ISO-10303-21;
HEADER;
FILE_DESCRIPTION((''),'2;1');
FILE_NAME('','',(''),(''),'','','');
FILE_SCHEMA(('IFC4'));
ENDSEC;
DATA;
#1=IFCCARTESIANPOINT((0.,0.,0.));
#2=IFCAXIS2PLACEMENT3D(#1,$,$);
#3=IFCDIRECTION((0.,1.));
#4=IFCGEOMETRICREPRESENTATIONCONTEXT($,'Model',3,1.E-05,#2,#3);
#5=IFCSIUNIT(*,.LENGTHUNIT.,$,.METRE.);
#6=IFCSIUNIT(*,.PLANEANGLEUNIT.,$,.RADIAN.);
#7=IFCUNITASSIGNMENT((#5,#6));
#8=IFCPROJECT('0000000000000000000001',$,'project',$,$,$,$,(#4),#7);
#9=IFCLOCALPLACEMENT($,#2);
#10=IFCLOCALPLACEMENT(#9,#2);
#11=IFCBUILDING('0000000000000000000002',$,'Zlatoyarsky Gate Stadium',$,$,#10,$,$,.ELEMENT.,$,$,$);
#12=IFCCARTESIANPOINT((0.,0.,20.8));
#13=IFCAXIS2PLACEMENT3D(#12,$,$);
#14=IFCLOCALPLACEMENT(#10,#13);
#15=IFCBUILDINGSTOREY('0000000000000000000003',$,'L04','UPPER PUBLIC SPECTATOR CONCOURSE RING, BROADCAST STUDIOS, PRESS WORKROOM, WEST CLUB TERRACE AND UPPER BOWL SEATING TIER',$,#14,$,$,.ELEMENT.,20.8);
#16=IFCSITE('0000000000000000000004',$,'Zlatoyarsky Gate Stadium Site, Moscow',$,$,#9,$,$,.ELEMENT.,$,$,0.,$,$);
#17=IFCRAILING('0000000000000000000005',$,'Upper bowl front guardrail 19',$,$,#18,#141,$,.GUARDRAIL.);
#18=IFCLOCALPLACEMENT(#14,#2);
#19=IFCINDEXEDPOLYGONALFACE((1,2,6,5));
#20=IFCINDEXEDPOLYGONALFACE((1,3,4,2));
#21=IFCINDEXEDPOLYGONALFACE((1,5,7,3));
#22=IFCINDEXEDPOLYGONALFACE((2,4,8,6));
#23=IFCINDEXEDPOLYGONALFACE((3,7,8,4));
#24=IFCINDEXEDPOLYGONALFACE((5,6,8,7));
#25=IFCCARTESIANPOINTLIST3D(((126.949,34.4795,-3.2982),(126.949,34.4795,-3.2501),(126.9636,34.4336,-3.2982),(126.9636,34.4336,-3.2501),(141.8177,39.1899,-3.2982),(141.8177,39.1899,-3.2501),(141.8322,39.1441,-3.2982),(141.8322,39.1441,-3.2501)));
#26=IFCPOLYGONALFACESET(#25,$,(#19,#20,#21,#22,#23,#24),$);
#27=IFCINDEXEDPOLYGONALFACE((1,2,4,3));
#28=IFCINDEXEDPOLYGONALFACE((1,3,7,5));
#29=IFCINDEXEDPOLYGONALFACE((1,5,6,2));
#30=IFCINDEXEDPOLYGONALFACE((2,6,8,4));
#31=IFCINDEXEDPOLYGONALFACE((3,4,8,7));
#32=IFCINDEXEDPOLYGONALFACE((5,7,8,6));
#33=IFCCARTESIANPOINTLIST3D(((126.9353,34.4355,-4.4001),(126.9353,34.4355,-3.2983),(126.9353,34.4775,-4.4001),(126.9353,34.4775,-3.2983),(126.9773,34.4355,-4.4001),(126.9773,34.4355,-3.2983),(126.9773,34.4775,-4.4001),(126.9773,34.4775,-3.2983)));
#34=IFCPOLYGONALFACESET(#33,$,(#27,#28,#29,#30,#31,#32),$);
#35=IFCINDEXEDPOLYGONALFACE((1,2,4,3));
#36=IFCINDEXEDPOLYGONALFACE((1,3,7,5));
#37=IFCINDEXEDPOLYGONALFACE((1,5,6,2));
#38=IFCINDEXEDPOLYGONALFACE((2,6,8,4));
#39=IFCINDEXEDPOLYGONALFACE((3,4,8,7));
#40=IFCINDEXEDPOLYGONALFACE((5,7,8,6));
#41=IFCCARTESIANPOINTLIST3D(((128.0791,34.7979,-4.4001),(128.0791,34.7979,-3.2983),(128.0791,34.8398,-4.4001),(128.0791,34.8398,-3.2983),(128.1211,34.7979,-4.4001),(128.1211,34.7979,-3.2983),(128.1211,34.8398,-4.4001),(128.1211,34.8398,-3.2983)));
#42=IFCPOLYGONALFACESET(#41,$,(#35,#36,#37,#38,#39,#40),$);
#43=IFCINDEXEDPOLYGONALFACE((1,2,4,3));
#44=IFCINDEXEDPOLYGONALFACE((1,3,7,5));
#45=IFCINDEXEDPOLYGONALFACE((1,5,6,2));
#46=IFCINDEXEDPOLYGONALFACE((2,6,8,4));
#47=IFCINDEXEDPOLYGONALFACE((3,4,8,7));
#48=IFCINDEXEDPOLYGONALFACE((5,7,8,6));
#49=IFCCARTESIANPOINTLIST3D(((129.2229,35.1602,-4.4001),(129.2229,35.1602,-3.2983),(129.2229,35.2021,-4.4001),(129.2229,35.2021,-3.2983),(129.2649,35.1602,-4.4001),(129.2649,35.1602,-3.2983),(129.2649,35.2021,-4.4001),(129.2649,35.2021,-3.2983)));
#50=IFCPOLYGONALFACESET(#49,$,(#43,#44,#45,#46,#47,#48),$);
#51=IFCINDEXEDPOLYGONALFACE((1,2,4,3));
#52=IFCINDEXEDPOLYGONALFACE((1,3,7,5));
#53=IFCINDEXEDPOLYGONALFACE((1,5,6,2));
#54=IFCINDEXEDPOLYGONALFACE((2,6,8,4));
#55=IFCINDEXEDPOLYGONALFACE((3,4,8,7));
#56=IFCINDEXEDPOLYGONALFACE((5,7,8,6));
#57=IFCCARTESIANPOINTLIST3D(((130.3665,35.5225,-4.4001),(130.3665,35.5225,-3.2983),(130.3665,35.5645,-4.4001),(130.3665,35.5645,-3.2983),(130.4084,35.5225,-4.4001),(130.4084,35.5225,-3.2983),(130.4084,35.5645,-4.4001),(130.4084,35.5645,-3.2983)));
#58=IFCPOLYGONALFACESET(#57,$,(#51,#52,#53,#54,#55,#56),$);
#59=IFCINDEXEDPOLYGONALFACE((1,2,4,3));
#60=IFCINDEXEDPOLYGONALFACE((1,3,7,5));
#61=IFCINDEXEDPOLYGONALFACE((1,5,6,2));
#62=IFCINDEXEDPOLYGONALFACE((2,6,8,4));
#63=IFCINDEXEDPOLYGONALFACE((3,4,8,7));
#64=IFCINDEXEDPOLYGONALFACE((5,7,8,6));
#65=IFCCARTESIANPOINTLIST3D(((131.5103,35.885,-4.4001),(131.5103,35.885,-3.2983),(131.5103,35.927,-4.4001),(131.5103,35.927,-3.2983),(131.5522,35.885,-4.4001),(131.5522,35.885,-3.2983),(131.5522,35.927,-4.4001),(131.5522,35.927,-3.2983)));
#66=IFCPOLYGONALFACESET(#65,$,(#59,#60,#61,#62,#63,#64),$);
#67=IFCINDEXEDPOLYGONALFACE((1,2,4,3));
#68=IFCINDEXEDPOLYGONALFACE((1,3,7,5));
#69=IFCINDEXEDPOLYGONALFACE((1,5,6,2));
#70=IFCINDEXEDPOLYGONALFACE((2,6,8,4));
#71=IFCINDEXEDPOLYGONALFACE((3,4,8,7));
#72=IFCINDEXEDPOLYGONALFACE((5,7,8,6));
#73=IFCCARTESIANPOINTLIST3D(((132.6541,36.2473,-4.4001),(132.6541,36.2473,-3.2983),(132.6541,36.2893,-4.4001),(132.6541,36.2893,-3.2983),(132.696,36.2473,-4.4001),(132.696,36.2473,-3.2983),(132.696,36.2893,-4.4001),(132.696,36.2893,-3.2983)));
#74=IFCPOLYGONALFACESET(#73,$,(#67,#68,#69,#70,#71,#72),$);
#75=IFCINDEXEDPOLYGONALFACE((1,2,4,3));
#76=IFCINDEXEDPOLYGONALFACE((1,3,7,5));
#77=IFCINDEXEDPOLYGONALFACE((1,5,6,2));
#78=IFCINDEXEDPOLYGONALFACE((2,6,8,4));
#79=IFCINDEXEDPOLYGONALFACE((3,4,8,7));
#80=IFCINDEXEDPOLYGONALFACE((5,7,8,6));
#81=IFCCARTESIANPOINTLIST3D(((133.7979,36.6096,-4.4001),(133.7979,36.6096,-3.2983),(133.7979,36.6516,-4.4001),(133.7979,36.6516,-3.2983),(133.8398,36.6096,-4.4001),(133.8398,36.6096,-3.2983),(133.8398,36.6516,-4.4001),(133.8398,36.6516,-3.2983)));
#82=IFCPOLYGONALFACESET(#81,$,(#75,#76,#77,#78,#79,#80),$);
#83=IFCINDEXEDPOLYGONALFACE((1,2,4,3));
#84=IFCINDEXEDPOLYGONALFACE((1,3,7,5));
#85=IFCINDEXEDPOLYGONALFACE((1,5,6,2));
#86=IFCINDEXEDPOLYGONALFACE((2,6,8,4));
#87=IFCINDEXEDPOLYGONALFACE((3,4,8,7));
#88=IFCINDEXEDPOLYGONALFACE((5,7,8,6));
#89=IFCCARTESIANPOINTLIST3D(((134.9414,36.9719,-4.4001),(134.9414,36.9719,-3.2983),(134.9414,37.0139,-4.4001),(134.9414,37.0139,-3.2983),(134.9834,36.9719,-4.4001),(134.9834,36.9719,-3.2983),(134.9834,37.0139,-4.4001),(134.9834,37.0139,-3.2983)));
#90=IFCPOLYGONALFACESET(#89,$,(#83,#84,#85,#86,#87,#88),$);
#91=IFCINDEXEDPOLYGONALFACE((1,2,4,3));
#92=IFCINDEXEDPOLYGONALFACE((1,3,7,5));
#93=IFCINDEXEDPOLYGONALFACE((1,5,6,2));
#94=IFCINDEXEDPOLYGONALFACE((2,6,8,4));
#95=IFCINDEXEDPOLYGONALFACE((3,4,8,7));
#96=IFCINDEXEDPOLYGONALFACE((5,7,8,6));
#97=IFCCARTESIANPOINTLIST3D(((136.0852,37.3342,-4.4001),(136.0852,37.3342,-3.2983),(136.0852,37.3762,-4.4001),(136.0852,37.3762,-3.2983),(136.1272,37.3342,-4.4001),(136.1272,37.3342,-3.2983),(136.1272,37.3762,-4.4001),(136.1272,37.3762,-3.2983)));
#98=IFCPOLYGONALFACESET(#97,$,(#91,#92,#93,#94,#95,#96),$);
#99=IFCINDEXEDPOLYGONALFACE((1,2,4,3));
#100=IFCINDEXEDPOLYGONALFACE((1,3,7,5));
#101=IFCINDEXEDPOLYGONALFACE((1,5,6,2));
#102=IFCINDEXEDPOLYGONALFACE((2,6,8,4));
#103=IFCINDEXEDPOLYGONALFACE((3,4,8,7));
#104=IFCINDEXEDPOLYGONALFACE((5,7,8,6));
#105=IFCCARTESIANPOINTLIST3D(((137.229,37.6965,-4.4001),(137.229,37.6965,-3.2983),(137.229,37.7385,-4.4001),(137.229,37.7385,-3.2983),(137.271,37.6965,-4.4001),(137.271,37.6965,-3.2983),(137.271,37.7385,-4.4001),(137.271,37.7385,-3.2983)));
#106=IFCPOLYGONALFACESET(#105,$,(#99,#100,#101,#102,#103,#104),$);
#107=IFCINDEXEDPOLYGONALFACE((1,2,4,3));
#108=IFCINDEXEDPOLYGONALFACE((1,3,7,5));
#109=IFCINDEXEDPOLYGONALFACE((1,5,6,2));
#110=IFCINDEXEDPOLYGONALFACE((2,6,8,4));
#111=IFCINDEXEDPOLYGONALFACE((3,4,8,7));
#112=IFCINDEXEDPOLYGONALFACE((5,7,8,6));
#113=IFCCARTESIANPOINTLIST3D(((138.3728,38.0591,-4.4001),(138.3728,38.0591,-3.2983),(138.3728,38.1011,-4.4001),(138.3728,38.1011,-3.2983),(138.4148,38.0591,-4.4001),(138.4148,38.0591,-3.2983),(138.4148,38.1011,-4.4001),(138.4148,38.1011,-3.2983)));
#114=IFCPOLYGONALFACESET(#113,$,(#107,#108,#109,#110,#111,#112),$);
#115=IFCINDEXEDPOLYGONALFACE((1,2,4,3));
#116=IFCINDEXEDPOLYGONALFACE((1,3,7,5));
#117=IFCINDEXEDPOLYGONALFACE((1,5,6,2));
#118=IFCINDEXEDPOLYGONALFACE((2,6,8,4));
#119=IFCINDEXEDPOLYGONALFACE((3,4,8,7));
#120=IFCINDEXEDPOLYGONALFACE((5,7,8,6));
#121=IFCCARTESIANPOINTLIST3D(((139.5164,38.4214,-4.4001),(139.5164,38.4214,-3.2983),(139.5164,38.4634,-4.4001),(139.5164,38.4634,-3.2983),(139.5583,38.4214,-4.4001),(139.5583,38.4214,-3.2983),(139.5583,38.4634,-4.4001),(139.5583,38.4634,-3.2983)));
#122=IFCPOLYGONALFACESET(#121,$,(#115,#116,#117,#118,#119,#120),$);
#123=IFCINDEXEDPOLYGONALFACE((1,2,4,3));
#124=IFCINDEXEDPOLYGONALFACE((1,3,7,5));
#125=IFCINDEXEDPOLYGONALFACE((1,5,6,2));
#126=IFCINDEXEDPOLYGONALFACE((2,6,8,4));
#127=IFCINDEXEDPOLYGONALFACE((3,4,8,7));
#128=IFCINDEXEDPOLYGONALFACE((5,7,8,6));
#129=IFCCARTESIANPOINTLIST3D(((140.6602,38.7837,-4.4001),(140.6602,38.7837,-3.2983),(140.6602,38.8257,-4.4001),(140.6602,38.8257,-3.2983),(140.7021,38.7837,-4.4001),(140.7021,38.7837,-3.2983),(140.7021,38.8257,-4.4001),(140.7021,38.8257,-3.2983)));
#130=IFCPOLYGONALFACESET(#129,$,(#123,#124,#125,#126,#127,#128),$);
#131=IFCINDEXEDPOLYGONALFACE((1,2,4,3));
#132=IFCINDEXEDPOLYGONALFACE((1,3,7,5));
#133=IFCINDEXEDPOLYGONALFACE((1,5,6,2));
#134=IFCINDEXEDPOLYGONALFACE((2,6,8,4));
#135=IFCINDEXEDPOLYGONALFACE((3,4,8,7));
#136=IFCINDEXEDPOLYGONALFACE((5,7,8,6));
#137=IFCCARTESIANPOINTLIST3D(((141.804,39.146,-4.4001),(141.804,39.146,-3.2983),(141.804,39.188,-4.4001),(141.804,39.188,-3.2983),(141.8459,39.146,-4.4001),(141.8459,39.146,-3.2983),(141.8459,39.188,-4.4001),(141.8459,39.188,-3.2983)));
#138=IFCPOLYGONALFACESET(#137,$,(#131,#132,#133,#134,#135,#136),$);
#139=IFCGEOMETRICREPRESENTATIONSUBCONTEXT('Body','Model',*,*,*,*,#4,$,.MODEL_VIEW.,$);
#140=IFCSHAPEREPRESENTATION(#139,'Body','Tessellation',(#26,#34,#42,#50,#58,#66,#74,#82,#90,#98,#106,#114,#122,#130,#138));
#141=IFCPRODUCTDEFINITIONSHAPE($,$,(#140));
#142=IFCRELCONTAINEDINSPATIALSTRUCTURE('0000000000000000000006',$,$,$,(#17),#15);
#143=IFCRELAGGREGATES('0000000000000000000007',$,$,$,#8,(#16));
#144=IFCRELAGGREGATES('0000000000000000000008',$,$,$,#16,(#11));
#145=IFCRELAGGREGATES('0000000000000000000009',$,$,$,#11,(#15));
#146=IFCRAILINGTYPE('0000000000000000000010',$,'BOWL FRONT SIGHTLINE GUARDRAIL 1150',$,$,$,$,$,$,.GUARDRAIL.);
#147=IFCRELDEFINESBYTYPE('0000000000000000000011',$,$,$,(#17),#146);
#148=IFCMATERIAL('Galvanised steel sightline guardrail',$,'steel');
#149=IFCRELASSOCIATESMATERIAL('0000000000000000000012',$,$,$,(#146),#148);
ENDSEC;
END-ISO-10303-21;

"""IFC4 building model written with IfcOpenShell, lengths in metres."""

from ifc_helpers import new_model, si_unit, direction, frame, origin, origin_2d, place, context, subcontext, project, spatial, rectangle, extrude, material, type_object, element, save


model = new_model("IFC4")

# Units and contexts
model_context = context("Model", 3, precision=1e-05, world=origin(), true_north=direction((0.0, 1.0)))
body_context = subcontext(model_context, "Body", "Model", "MODEL_VIEW")
ifc_project = project(units=[si_unit("LENGTHUNIT", "METRE"), si_unit("PLANEANGLEUNIT", "RADIAN")], contexts=[model_context])

# Site, building, storey
site_placement = place(None, origin())
site = spatial("IfcSite", under=ifc_project, at=site_placement, Name="Zlatoyarsky Gate Stadium Site, Moscow", CompositionType="ELEMENT", RefElevation=0.0)
building_placement = place(site_placement, origin())
building = spatial("IfcBuilding", under=site, at=building_placement, Name="Zlatoyarsky Gate Stadium", CompositionType="ELEMENT")
storey_placement = place(building_placement, frame((0.0, 0.0, 20.8)))
storey = spatial("IfcBuildingStorey", under=building, at=storey_placement, Name="L04", Description="UPPER PUBLIC SPECTATOR CONCOURSE RING, BROADCAST STUDIOS, PRESS WORKROOM, WEST CLUB TERRACE AND UPPER BOWL SEATING TIER", CompositionType="ELEMENT", Elevation=20.8)

# Railing
ifc_material_1 = material(Name="Galvanised steel sightline guardrail", Category="steel")
railing_type_1 = type_object("IfcRailingType", Name="BOWL FRONT SIGHTLINE GUARDRAIL 1150", PredefinedType="GUARDRAIL", material=ifc_material_1)
railing_1_placement = place(storey_placement, frame((126.9563, 34.4565, -4.4001)))
element("IfcRailing", 1, at=railing_1_placement, inside=storey, type_object=railing_type_1, Name="Upper bowl front guardrail 19", PredefinedType="GUARDRAIL", context=body_context, shape_type="SweptSolid", body=[
    extrude(rectangle(XDim=0.0481, YDim=0.0481, at=origin_2d()), frame((0.0, 0.0, 1.126), z_axis=(0.953305, 0.302011, 0.0), x_axis=(-0.302011, 0.953305, 0.0)), (0.0, 0.0, 1.0), 15.5969),
    extrude(rectangle(XDim=0.042, YDim=0.042, at=origin_2d()), origin(), (0.0, 0.0, 1.0), 1.1018),
    extrude(rectangle(XDim=0.042, YDim=0.042, at=origin_2d()), frame((1.1438, 0.3623, 0.0)), (0.0, 0.0, 1.0), 1.1018),
    extrude(rectangle(XDim=0.042, YDim=0.042, at=origin_2d()), frame((2.2876, 0.7246, 0.0)), (0.0, 0.0, 1.0), 1.1018),
    extrude(rectangle(XDim=0.042, YDim=0.042, at=origin_2d()), frame((3.4312, 1.0869, 0.0)), (0.0, 0.0, 1.0), 1.1018),
    extrude(rectangle(XDim=0.042, YDim=0.042, at=origin_2d()), frame((4.575, 1.4495, 0.0)), (0.0, 0.0, 1.0), 1.1018),
    extrude(rectangle(XDim=0.042, YDim=0.042, at=origin_2d()), frame((5.7188, 1.8118, 0.0)), (0.0, 0.0, 1.0), 1.1018),
    extrude(rectangle(XDim=0.042, YDim=0.042, at=origin_2d()), frame((6.8625, 2.1741, 0.0)), (0.0, 0.0, 1.0), 1.1018),
    extrude(rectangle(XDim=0.042, YDim=0.042, at=origin_2d()), frame((8.0061, 2.5364, 0.0)), (0.0, 0.0, 1.0), 1.1018),
    extrude(rectangle(XDim=0.042, YDim=0.042, at=origin_2d()), frame((9.1499, 2.8987, 0.0)), (0.0, 0.0, 1.0), 1.1018),
    extrude(rectangle(XDim=0.042, YDim=0.042, at=origin_2d()), frame((10.2937, 3.261, 0.0)), (0.0, 0.0, 1.0), 1.1018),
    extrude(rectangle(XDim=0.042, YDim=0.042, at=origin_2d()), frame((11.4375, 3.6235, 0.0)), (0.0, 0.0, 1.0), 1.1018),
    extrude(rectangle(XDim=0.042, YDim=0.042, at=origin_2d()), frame((12.5811, 3.9858, 0.0)), (0.0, 0.0, 1.0), 1.1018),
    extrude(rectangle(XDim=0.042, YDim=0.042, at=origin_2d()), frame((13.7249, 4.3481, 0.0)), (0.0, 0.0, 1.0), 1.1018),
    extrude(rectangle(XDim=0.042, YDim=0.042, at=origin_2d()), frame((14.8687, 4.7104, 0.0)), (0.0, 0.0, 1.0), 1.1018),
])

save(model, "model.ifc")
